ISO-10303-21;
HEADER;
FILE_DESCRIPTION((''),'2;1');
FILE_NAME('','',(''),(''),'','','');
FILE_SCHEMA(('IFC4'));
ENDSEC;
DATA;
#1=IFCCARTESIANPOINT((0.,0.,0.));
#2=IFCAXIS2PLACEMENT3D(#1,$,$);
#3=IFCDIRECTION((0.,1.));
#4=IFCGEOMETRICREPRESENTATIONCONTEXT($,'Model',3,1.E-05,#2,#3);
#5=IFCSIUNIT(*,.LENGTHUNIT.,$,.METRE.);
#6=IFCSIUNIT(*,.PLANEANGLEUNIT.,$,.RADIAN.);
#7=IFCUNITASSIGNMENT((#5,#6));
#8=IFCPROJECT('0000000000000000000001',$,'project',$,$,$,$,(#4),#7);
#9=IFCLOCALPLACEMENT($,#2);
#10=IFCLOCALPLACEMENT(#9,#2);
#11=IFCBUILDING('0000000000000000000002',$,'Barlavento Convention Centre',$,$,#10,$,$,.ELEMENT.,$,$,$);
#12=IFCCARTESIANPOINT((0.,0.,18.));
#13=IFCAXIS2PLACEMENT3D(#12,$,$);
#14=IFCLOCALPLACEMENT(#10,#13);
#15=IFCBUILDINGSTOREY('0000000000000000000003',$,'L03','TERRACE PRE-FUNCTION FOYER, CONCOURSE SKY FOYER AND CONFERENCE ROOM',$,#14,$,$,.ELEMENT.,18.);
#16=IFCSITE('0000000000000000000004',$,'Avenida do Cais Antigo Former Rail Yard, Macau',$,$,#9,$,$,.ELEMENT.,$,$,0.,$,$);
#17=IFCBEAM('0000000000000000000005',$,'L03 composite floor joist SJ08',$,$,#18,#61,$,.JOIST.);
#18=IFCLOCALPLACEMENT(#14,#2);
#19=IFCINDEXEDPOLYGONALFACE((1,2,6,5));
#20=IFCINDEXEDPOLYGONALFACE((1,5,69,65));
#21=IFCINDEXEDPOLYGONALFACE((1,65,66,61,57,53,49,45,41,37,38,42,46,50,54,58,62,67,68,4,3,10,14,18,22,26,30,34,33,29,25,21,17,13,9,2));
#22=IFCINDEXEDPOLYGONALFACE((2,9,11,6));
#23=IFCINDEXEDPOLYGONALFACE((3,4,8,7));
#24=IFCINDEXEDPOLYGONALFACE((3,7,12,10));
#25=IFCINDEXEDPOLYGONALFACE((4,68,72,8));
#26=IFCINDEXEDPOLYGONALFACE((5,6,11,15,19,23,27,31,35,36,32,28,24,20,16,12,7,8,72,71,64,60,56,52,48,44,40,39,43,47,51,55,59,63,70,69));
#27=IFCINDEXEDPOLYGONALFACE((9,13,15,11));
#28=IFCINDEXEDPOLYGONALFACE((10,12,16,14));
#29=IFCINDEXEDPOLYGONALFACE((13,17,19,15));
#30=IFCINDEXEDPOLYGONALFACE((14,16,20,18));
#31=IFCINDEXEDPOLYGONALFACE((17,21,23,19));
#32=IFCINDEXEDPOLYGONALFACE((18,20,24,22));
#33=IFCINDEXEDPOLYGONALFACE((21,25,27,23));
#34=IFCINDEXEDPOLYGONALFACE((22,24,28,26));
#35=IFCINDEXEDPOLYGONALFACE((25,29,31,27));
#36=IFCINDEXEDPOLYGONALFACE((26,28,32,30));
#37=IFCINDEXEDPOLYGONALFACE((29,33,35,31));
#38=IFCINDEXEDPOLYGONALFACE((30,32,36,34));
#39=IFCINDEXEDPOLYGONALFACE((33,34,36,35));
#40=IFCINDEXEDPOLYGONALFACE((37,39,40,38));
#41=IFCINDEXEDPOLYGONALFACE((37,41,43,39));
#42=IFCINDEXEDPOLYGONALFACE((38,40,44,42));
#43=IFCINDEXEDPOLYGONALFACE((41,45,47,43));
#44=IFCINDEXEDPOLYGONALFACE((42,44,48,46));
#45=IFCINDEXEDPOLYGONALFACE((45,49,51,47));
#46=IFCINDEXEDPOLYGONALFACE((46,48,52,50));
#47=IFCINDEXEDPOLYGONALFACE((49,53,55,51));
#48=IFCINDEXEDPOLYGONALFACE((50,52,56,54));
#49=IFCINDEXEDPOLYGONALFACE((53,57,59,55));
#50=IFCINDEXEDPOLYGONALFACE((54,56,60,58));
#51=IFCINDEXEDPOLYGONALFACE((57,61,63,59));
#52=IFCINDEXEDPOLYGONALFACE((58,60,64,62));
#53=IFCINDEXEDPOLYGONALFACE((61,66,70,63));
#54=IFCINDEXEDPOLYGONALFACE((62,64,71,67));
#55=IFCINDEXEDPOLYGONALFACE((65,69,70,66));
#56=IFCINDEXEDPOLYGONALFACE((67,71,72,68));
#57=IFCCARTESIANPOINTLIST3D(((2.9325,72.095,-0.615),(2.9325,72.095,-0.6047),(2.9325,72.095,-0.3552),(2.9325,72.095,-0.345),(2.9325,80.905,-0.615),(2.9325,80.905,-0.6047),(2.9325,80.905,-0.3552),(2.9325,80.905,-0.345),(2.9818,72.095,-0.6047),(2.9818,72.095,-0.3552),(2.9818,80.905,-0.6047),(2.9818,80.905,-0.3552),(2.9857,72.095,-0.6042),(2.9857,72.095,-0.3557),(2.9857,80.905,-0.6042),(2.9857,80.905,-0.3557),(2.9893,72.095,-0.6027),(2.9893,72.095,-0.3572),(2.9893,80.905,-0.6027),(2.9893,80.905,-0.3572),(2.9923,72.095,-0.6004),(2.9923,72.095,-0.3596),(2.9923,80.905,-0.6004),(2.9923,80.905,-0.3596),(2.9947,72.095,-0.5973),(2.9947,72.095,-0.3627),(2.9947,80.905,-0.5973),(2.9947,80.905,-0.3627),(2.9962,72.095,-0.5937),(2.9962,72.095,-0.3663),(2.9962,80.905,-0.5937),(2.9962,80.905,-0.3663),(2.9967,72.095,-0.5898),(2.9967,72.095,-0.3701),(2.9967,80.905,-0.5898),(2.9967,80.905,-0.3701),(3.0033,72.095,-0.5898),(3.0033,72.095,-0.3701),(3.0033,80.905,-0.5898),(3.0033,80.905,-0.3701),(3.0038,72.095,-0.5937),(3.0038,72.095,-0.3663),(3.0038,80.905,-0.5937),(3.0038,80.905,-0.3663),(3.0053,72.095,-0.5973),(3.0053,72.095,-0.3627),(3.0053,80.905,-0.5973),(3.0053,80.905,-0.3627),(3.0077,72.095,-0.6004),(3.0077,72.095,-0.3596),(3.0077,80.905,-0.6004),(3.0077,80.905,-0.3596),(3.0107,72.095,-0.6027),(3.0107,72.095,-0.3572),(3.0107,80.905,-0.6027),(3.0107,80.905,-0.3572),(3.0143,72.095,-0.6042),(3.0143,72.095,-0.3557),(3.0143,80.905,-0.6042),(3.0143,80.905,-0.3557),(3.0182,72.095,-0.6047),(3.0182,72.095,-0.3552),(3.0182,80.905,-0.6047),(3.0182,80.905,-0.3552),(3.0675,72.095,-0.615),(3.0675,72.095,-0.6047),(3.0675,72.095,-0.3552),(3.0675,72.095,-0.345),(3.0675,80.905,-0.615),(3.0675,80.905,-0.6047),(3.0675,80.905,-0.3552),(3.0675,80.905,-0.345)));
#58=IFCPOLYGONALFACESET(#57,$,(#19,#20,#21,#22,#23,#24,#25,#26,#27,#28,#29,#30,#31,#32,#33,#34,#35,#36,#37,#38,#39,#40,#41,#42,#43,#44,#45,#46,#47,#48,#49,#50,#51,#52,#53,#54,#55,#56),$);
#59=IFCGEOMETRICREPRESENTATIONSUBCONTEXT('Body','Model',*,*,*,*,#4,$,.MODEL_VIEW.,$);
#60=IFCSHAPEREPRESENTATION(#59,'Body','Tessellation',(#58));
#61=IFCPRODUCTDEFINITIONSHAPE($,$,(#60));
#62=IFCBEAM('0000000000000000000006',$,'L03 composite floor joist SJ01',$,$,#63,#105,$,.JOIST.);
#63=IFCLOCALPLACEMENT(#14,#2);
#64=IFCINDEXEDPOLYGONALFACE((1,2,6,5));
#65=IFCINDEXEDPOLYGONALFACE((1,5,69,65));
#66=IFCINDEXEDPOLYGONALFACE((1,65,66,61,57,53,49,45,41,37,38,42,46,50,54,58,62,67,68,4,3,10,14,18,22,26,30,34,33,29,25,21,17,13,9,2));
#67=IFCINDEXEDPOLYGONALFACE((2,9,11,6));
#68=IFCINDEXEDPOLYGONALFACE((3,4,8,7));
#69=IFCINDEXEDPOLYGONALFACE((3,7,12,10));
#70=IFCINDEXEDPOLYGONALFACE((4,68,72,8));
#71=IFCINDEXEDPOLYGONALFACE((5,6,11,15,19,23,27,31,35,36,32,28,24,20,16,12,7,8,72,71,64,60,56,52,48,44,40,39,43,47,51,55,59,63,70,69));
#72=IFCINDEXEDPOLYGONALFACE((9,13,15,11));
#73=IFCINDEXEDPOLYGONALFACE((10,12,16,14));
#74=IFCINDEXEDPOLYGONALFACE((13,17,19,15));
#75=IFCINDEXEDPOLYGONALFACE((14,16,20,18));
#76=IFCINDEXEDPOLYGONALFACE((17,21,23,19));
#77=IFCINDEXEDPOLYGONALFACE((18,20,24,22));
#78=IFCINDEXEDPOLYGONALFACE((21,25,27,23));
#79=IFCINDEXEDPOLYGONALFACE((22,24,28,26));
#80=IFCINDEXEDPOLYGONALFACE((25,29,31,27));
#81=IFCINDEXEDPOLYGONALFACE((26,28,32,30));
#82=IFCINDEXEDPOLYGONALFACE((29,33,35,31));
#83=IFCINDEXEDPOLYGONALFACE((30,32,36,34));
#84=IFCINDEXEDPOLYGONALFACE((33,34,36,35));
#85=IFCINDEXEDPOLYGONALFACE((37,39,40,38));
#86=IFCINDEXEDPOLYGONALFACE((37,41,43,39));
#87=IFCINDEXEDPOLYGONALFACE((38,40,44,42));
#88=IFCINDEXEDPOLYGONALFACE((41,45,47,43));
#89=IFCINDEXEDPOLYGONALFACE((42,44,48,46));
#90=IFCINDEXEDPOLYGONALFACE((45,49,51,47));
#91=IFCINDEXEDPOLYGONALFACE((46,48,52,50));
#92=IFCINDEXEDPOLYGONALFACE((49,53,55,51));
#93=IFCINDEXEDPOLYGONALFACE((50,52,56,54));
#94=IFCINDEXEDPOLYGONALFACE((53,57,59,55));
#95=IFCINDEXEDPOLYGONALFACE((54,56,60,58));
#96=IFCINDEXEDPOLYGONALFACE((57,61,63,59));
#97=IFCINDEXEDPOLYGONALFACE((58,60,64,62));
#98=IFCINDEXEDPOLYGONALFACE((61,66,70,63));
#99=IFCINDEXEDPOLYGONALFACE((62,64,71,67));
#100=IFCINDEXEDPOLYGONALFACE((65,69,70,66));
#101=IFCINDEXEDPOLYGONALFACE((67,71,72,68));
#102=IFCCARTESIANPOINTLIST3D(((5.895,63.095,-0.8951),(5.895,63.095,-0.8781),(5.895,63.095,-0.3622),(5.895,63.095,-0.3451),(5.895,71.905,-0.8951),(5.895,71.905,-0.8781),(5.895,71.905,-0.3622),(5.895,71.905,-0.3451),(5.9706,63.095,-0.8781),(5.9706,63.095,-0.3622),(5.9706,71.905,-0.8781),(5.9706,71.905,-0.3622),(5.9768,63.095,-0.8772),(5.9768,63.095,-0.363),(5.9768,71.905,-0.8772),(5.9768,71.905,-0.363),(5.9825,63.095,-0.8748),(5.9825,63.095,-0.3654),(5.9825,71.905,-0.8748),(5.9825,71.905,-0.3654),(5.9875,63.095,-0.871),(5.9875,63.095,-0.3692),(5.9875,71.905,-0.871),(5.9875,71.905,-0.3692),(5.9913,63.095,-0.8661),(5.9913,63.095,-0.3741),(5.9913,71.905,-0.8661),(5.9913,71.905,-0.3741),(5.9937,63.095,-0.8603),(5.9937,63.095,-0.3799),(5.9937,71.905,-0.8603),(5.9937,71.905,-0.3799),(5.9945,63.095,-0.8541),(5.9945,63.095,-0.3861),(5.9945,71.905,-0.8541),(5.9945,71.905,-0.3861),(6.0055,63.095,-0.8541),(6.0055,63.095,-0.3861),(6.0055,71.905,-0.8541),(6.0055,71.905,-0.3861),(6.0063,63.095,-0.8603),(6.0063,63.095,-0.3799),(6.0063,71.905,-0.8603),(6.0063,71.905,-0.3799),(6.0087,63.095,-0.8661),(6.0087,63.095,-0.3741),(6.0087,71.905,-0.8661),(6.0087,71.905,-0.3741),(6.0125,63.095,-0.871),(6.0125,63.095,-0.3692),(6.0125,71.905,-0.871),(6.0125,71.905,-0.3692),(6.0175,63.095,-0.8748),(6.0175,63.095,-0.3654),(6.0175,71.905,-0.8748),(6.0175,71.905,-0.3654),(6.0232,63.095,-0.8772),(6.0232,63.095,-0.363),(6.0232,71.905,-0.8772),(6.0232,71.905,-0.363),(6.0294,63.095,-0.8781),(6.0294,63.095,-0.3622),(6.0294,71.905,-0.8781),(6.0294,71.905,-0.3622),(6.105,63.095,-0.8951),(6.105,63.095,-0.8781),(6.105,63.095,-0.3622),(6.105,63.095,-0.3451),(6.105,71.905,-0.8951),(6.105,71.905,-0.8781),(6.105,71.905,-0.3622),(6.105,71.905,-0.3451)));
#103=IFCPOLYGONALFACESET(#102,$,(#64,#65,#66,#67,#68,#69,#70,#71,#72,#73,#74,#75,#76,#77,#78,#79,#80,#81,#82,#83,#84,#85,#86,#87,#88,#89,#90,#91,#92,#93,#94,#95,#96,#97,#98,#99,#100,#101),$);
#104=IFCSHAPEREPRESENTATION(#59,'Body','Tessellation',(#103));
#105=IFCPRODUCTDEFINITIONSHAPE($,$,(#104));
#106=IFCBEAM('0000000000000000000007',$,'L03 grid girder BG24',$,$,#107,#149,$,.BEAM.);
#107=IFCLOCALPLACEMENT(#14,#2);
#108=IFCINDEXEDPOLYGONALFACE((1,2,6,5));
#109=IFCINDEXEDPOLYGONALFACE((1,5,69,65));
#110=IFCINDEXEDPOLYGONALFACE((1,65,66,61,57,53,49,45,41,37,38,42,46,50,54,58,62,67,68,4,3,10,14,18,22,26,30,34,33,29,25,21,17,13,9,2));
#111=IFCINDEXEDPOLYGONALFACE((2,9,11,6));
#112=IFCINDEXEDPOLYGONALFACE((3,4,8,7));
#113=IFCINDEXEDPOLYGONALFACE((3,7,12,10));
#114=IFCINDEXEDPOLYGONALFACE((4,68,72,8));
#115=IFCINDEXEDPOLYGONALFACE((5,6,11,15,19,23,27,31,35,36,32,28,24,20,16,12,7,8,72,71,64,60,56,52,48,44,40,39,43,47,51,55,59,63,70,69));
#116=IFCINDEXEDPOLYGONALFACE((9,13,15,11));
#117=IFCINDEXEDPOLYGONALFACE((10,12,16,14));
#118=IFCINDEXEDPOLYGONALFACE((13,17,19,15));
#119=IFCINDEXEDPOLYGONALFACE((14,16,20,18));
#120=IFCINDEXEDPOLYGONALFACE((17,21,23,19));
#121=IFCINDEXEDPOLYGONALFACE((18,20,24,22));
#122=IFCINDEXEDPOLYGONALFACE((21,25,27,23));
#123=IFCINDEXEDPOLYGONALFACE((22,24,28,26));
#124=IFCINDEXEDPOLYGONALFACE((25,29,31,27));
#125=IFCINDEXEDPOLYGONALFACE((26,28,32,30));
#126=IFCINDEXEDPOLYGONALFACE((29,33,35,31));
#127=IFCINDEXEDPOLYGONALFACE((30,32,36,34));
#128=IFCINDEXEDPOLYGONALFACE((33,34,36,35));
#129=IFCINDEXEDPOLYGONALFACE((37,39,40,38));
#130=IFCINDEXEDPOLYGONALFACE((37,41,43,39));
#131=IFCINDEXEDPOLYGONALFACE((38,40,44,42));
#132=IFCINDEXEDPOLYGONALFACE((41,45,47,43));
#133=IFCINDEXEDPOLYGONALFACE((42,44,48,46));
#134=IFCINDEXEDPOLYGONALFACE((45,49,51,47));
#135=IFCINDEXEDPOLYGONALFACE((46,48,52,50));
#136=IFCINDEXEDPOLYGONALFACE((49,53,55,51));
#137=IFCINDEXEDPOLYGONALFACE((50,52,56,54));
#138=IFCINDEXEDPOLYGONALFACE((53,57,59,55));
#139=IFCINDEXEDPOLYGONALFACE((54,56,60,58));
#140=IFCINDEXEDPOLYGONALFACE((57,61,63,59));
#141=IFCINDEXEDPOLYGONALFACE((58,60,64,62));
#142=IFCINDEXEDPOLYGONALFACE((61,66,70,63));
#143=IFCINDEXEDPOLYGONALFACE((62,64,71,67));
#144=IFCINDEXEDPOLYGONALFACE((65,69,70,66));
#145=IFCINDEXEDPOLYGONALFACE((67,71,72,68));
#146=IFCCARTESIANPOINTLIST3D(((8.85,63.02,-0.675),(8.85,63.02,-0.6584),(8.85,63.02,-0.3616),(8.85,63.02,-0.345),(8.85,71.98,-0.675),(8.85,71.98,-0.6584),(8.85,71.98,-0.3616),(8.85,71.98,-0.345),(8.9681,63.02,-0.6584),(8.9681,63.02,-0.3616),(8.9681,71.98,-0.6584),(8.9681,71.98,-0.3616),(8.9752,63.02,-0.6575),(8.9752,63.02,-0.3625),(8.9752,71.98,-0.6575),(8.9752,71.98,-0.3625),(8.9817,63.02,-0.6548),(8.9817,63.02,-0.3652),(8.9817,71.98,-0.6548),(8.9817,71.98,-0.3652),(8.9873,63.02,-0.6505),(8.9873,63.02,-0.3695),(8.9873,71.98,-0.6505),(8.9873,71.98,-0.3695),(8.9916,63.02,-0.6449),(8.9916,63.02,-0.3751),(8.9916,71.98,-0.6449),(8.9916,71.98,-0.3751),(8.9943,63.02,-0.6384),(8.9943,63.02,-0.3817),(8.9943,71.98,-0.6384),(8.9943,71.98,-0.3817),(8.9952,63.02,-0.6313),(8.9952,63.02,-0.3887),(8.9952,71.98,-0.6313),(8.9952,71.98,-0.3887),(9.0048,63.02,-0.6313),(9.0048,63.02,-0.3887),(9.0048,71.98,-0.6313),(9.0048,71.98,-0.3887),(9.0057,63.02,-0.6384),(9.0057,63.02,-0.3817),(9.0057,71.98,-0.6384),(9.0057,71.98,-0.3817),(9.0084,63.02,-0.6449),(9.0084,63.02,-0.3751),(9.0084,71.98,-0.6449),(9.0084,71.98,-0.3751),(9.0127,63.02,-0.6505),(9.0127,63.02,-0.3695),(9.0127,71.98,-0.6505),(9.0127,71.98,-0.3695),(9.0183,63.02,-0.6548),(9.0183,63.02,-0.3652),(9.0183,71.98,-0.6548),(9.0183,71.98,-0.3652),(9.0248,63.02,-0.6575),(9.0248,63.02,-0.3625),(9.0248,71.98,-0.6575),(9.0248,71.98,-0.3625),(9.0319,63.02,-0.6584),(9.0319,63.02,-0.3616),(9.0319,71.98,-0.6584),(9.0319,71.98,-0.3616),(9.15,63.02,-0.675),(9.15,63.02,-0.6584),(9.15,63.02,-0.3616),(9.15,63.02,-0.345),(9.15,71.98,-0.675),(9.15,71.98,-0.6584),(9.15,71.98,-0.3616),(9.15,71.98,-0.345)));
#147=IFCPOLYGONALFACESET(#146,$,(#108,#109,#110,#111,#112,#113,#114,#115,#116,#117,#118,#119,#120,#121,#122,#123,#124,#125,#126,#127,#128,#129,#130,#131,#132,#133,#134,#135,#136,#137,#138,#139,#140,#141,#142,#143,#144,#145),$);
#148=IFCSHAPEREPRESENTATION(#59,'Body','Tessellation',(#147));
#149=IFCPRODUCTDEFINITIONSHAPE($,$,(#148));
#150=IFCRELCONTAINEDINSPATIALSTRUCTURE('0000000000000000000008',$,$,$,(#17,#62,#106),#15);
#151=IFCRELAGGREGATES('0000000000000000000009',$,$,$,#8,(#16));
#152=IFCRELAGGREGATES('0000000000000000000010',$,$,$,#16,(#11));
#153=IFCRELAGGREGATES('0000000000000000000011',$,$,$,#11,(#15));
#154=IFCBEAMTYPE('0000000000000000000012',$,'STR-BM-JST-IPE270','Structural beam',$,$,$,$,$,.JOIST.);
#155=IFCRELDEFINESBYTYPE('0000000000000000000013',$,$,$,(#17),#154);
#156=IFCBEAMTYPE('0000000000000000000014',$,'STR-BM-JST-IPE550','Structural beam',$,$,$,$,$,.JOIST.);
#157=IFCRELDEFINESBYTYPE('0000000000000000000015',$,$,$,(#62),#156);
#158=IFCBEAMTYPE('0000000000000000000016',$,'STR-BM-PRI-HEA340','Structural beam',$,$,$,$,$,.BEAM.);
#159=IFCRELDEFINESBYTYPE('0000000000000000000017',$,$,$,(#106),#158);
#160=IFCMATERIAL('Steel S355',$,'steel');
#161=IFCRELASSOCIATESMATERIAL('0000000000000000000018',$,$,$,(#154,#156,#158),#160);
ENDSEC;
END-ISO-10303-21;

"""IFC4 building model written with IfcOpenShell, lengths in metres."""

from ifc_helpers import new_model, si_unit, direction, frame, origin, origin_2d, place, context, subcontext, project, spatial, i_section, extrude, material, material_profile, profile_set, type_object, element, save


model = new_model("IFC4")

# Units and contexts
model_context = context("Model", 3, precision=1e-05, world=origin(), true_north=direction((0.0, 1.0)))
body_context = subcontext(model_context, "Body", "Model", "MODEL_VIEW")
ifc_project = project(units=[si_unit("LENGTHUNIT", "METRE"), si_unit("PLANEANGLEUNIT", "RADIAN")], contexts=[model_context])

# Site, building, storey
site_placement = place(None, origin())
site = spatial("IfcSite", under=ifc_project, at=site_placement, Name="Avenida do Cais Antigo Former Rail Yard, Macau", CompositionType="ELEMENT", RefElevation=0.0)
building_placement = place(site_placement, origin())
building = spatial("IfcBuilding", under=site, at=building_placement, Name="Barlavento Convention Centre", CompositionType="ELEMENT")
storey_placement = place(building_placement, frame((0.0, 0.0, 18.0)))
storey = spatial("IfcBuildingStorey", under=building, at=storey_placement, Name="L03", Description="TERRACE PRE-FUNCTION FOYER, CONCOURSE SKY FOYER AND CONFERENCE ROOM", CompositionType="ELEMENT", Elevation=18.0)

# Beams
ifc_material_1 = material(Name="Steel S355", Category="steel")
ifc_material_profile_1 = material_profile(ifc_material_1, i_section(OverallWidth=0.135, OverallDepth=0.27, WebThickness=0.0066, FlangeThickness=0.0103, FilletRadius=0.0149, at=origin_2d()), Name="IPE 270")
ifc_profile_set_1 = profile_set([ifc_material_profile_1], Name="Steel S355")
beam_type_1 = type_object("IfcBeamType", Name="STR-BM-JST-IPE270", Description="Structural beam", PredefinedType="JOIST", material=ifc_profile_set_1)
beam_1_placement = place(storey_placement, frame((3.0, 72.095, -0.48), z_axis=(0.0, 1.0, 0.0), x_axis=(-1.0, 0.0, 0.0)))
element("IfcBeam", 1, at=beam_1_placement, inside=storey, type_object=beam_type_1, Name="L03 composite floor joist SJ08", PredefinedType="JOIST", context=body_context, shape_type="SweptSolid", body=[
    extrude(i_section(OverallWidth=0.135, OverallDepth=0.27, WebThickness=0.0066, FlangeThickness=0.0103, FilletRadius=0.0149, at=origin_2d()), origin(), (0.0, 0.0, 1.0), 8.8101),
])
ifc_material_profile_2 = material_profile(ifc_material_1, i_section(OverallWidth=0.21, OverallDepth=0.55, WebThickness=0.011, FlangeThickness=0.0171, FilletRadius=0.0239, at=origin_2d()), Name="IPE 550")
ifc_profile_set_2 = profile_set([ifc_material_profile_2], Name="Steel S355")
beam_type_2 = type_object("IfcBeamType", Name="STR-BM-JST-IPE550", Description="Structural beam", PredefinedType="JOIST", material=ifc_profile_set_2)
beam_2_placement = place(storey_placement, frame((6.0, 63.095, -0.6201), z_axis=(0.0, 1.0, 0.0), x_axis=(-1.0, 0.0, 0.0)))
element("IfcBeam", 2, at=beam_2_placement, inside=storey, type_object=beam_type_2, Name="L03 composite floor joist SJ01", PredefinedType="JOIST", context=body_context, shape_type="SweptSolid", body=[
    extrude(i_section(OverallWidth=0.21, OverallDepth=0.55, WebThickness=0.011, FlangeThickness=0.0171, FilletRadius=0.0239, at=origin_2d()), origin(), (0.0, 0.0, 1.0), 8.8101),
])
ifc_material_profile_3 = material_profile(ifc_material_1, i_section(OverallWidth=0.3, OverallDepth=0.3301, WebThickness=0.0095, FlangeThickness=0.0166, FilletRadius=0.0271, at=origin_2d()), Name="HEA 340")
ifc_profile_set_3 = profile_set([ifc_material_profile_3], Name="Steel S355")
beam_type_3 = type_object("IfcBeamType", Name="STR-BM-PRI-HEA340", Description="Structural beam", PredefinedType="BEAM", material=ifc_profile_set_3)
beam_3_placement = place(storey_placement, frame((9.0, 63.02, -0.51), z_axis=(0.0, 1.0, 0.0), x_axis=(-1.0, 0.0, 0.0)))
element("IfcBeam", 3, at=beam_3_placement, inside=storey, type_object=beam_type_3, Name="L03 grid girder BG24", PredefinedType="BEAM", context=body_context, shape_type="SweptSolid", body=[
    extrude(i_section(OverallWidth=0.3, OverallDepth=0.3301, WebThickness=0.0095, FlangeThickness=0.0166, FilletRadius=0.0271, at=origin_2d()), origin(), (0.0, 0.0, 1.0), 8.96),
])

save(model, "model.ifc")
